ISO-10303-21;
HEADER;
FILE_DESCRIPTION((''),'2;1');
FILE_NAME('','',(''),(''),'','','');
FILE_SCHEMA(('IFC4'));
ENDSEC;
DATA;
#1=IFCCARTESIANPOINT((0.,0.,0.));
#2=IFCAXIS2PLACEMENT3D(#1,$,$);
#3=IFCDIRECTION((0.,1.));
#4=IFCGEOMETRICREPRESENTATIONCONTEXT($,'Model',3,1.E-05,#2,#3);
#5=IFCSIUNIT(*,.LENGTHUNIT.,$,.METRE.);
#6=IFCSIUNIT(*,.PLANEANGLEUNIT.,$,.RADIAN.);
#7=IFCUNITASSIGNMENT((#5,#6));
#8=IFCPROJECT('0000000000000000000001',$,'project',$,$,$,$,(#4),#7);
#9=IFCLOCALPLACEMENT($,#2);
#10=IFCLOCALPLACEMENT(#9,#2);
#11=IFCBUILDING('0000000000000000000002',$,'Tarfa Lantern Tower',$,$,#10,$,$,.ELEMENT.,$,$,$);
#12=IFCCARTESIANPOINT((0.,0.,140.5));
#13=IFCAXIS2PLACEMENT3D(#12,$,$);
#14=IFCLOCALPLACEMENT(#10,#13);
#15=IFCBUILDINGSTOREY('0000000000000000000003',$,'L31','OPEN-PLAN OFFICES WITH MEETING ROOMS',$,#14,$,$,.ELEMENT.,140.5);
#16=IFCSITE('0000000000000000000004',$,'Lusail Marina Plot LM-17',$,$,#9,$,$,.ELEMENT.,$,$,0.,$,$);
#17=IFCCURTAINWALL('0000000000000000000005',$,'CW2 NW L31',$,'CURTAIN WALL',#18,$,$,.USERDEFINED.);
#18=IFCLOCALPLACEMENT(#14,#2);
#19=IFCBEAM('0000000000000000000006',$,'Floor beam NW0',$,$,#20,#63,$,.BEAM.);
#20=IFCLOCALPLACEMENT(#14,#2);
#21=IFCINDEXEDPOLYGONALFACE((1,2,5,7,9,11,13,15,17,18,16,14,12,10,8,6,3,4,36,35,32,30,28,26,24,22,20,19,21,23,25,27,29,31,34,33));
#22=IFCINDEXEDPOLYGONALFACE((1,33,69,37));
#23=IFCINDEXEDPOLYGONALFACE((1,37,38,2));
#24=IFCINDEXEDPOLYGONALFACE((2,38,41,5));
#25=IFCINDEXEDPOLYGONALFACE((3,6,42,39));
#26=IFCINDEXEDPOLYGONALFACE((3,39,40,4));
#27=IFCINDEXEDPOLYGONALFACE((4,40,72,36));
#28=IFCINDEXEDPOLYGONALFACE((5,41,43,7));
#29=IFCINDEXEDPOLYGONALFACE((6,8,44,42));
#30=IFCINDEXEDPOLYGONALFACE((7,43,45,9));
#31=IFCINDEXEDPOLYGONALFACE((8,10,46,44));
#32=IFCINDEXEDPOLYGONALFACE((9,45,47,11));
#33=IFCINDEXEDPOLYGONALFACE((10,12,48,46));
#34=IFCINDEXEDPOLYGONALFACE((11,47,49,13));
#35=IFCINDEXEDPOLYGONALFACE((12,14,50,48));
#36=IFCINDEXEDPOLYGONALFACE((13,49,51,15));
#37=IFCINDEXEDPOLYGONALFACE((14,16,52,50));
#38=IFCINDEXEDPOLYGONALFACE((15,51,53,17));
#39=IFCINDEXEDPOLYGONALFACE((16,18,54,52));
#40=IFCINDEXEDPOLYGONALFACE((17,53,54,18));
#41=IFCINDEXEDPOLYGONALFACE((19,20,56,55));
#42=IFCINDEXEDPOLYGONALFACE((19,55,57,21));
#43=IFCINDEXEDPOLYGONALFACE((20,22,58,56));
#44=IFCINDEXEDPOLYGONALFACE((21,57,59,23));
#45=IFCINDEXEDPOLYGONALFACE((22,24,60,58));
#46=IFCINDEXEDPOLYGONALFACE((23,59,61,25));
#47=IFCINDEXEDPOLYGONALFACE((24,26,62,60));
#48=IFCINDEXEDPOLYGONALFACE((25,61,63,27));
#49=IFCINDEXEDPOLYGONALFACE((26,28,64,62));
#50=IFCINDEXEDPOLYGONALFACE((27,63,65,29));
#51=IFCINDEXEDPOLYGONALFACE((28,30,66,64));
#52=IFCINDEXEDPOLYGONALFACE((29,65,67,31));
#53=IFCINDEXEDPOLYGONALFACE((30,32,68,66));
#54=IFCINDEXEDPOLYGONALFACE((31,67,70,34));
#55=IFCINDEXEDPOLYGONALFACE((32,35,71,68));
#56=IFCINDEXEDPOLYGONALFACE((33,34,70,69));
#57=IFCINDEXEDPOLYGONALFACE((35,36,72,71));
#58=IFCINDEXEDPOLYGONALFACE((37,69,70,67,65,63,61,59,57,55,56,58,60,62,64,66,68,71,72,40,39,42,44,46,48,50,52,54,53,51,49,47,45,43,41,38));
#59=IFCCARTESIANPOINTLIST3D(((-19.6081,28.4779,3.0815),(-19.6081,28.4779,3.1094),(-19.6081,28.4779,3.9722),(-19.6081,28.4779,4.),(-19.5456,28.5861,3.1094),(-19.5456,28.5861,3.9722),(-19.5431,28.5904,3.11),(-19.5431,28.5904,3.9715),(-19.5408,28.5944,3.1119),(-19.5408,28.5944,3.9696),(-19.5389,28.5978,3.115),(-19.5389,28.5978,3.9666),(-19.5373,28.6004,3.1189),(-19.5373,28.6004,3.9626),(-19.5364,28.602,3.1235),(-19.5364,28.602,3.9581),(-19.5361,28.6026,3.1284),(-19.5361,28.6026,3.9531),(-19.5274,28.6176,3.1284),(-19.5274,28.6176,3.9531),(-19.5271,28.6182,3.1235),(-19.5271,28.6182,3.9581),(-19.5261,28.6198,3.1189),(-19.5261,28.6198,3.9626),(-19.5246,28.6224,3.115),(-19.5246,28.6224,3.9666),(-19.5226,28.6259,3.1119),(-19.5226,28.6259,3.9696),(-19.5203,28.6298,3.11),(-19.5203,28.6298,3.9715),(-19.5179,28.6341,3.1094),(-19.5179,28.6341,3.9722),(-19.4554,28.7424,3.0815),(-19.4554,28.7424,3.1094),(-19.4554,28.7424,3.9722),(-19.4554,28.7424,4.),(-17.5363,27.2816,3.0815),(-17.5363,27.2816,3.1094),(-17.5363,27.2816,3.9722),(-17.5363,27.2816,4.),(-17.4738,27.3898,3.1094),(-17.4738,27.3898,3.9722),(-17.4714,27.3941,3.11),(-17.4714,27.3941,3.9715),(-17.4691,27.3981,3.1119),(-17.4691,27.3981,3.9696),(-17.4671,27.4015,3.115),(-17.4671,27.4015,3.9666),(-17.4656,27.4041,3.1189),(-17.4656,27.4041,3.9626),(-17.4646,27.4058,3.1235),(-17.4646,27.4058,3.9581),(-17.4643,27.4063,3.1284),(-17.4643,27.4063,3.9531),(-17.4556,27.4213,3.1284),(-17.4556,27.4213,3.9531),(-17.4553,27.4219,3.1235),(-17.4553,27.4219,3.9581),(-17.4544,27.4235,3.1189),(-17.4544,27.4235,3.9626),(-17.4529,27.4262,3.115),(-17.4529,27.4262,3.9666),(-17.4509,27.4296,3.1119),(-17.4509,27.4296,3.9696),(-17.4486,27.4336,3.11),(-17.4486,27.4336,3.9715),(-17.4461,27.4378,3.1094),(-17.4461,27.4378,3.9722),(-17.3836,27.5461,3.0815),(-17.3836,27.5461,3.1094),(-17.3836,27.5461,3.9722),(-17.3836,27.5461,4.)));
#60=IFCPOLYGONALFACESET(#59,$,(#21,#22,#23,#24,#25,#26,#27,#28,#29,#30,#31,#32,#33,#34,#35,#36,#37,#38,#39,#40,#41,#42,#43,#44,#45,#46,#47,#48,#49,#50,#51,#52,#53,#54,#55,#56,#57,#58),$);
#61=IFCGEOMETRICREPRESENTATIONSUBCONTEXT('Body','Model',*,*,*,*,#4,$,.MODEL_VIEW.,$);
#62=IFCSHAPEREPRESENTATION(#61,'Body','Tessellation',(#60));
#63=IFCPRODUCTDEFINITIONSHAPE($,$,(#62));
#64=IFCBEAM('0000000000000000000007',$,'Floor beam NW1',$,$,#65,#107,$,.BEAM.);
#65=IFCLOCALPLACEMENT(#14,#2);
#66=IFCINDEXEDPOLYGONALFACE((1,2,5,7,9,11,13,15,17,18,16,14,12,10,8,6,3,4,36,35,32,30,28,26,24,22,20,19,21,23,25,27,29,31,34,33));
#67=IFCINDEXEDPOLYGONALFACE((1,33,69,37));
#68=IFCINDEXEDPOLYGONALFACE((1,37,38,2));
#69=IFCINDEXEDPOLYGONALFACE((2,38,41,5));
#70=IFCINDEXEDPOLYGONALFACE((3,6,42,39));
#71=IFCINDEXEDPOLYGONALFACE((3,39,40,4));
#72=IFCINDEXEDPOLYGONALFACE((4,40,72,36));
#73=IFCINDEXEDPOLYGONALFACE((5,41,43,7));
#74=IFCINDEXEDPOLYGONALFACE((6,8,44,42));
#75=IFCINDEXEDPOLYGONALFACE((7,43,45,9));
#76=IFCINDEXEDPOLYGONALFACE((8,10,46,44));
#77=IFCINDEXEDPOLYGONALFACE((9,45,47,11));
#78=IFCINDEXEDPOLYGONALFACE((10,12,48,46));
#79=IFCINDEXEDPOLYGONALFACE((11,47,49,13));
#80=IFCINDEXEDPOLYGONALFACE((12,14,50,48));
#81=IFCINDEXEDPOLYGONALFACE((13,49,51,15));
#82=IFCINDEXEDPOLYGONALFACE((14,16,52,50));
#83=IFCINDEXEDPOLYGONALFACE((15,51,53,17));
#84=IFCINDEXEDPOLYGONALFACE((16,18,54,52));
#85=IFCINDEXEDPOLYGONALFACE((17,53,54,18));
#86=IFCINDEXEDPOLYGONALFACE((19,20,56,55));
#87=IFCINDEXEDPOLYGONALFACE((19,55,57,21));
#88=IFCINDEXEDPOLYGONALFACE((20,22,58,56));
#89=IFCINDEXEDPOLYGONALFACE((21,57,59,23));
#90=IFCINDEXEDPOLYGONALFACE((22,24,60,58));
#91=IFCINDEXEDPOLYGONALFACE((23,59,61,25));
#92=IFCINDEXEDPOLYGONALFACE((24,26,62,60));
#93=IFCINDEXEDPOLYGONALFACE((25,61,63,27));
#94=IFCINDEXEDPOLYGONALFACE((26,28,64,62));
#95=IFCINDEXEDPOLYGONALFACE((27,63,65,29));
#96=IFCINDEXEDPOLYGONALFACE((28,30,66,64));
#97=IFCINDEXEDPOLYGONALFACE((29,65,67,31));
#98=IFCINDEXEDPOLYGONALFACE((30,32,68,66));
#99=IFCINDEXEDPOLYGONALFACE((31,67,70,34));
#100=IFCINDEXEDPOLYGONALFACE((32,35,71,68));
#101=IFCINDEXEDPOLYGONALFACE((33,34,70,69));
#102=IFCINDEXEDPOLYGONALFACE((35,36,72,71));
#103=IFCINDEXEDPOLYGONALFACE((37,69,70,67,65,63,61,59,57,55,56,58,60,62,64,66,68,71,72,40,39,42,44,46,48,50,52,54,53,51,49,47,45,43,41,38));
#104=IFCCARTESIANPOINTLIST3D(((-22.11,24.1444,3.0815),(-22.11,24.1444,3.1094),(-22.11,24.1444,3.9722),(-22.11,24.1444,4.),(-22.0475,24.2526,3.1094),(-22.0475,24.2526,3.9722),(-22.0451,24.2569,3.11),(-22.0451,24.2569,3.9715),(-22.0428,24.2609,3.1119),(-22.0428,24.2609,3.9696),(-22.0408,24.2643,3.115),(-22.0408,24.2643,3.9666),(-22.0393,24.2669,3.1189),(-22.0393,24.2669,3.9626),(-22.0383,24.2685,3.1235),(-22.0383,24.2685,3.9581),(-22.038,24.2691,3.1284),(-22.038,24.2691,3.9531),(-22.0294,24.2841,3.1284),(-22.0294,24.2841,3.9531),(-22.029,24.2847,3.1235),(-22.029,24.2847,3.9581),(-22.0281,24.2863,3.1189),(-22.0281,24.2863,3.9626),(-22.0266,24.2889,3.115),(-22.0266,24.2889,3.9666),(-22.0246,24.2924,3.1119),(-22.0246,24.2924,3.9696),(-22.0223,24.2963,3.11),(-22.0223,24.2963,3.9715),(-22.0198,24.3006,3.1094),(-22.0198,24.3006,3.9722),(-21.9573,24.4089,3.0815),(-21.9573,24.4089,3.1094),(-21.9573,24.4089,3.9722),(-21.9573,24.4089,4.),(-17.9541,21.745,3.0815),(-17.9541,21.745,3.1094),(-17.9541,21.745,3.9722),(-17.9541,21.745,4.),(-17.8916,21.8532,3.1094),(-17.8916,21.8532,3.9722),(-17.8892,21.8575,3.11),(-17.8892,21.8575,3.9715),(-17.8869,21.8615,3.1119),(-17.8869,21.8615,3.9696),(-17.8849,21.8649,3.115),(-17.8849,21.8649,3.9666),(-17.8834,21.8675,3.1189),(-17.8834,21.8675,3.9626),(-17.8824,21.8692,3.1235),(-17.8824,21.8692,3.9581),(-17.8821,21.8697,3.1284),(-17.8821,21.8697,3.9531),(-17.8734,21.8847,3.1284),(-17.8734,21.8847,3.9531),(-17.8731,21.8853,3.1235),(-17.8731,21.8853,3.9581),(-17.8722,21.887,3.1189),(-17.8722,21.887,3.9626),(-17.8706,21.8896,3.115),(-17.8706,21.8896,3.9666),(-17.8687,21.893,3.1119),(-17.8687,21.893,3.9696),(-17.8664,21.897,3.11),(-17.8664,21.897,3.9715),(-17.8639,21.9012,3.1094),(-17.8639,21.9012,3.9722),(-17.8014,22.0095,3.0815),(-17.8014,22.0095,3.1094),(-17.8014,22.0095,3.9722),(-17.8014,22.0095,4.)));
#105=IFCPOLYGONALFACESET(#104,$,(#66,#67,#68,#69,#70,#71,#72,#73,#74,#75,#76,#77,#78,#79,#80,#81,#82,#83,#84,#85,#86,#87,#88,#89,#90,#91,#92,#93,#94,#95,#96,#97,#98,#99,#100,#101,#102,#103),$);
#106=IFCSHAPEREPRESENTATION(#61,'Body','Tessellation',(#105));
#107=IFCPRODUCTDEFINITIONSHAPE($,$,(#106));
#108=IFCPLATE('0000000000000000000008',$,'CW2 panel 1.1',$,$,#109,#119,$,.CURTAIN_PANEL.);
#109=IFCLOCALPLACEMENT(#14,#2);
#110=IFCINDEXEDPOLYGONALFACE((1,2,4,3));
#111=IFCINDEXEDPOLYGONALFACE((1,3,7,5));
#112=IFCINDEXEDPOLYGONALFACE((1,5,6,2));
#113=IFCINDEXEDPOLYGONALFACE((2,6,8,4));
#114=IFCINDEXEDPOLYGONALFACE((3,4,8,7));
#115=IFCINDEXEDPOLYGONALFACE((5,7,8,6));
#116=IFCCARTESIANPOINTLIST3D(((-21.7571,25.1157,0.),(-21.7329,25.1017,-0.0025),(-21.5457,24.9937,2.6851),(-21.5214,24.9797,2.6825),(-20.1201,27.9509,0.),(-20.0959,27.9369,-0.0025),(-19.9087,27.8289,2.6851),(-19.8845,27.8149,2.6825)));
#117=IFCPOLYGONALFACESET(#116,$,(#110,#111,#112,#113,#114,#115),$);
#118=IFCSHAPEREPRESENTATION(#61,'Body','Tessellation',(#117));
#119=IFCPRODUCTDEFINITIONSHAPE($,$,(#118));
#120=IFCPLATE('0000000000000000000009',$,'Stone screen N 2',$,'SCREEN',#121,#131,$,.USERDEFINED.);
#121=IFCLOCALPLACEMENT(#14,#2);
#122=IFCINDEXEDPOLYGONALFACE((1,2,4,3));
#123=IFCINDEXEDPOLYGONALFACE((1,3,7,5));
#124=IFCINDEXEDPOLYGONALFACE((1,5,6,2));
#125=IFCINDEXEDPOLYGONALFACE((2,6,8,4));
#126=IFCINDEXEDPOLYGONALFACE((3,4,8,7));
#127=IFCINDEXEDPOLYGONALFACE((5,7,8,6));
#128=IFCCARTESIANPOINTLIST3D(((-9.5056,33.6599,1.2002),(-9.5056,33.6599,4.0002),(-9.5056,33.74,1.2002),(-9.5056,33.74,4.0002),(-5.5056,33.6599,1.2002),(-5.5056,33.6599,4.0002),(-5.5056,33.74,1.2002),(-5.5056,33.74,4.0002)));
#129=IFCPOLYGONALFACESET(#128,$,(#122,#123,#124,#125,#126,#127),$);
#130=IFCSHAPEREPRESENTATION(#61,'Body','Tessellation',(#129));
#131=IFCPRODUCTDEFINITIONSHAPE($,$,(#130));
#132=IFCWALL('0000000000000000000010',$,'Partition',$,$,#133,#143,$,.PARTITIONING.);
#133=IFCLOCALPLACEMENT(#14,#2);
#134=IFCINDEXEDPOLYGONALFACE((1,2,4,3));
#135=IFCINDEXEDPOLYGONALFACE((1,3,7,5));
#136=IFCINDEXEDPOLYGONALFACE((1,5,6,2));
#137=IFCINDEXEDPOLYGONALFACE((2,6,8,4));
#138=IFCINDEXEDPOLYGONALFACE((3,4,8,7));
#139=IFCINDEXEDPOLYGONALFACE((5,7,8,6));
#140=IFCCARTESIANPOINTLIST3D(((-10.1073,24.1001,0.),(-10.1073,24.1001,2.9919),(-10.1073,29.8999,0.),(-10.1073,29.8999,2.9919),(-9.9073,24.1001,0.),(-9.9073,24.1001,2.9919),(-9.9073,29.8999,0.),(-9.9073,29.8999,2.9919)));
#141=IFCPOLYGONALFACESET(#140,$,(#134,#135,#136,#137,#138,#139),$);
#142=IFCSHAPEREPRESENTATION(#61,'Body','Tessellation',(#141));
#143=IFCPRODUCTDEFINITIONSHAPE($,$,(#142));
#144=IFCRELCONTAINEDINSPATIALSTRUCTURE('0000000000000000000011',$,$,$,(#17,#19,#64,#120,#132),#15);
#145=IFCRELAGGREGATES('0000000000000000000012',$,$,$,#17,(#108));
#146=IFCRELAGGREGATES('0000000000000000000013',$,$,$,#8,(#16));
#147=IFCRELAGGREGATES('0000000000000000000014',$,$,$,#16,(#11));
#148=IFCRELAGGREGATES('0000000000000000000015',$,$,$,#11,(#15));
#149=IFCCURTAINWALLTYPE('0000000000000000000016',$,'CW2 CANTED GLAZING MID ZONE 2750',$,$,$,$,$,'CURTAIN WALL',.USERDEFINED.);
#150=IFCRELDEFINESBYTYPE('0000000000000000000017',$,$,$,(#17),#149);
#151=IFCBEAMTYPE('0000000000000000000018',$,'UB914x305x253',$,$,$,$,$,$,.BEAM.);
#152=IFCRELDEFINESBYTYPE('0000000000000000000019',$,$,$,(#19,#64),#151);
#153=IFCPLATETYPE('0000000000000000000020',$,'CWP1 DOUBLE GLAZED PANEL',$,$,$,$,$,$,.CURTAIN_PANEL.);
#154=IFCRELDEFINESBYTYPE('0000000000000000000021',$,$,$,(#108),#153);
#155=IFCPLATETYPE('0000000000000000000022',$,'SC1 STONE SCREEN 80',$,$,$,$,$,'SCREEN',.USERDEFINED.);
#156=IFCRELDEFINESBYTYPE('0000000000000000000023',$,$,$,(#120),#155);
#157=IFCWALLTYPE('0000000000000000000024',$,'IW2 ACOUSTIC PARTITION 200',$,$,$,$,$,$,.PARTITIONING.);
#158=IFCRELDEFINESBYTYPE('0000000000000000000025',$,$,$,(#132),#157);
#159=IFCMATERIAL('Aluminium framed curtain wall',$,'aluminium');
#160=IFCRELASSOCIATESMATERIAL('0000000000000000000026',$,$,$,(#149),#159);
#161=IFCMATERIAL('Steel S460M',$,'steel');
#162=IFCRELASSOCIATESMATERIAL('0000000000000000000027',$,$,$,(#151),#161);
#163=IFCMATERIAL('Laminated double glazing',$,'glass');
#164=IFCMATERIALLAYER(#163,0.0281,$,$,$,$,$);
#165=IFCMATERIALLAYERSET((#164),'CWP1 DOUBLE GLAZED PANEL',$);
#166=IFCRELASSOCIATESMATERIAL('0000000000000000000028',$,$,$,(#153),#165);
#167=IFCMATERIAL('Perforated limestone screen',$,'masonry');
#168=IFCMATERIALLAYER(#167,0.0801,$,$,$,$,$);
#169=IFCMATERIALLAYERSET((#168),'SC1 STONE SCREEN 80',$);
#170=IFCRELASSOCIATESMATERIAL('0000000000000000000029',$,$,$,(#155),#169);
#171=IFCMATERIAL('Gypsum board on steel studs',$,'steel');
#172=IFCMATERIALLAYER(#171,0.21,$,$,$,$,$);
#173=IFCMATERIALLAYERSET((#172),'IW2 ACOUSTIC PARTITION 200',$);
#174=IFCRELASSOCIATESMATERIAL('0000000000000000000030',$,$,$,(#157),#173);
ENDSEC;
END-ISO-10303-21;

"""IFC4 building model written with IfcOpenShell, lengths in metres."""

from ifc_helpers import new_model, si_unit, direction, frame, frame_2d, origin, origin_2d, place, context, subcontext, project, spatial, polyline, rectangle, i_section, outline, extrude, material, layer, layer_set, material_profile, profile_set, type_object, element, aggregate, save


model = new_model("IFC4")

# Units and contexts
model_context = context("Model", 3, precision=1e-05, world=origin(), true_north=direction((0.0, 1.0)))
body_context = subcontext(model_context, "Body", "Model", "MODEL_VIEW")
ifc_project = project(units=[si_unit("LENGTHUNIT", "METRE"), si_unit("PLANEANGLEUNIT", "RADIAN")], contexts=[model_context])

# Site, building, storey
site_placement = place(None, origin())
site = spatial("IfcSite", under=ifc_project, at=site_placement, Name="Lusail Marina Plot LM-17", CompositionType="ELEMENT", RefElevation=0.0)
building_placement = place(site_placement, origin())
building = spatial("IfcBuilding", under=site, at=building_placement, Name="Tarfa Lantern Tower", CompositionType="ELEMENT")
storey_placement = place(building_placement, frame((0.0, 0.0, 140.5)))
storey = spatial("IfcBuildingStorey", under=building, at=storey_placement, Name="L31", Description="OPEN-PLAN OFFICES WITH MEETING ROOMS", CompositionType="ELEMENT", Elevation=140.5)

# Curtain wall
ifc_material_1 = material(Name="Aluminium framed curtain wall", Category="aluminium")
curtain_wall_type = type_object("IfcCurtainWallType", Name="CW2 CANTED GLAZING MID ZONE 2750", ElementType="CURTAIN WALL", PredefinedType="USERDEFINED", material=ifc_material_1)
curtain_wall_placement = place(storey_placement, origin())
curtain_wall = element("IfcCurtainWall", 1, at=curtain_wall_placement, inside=storey, type_object=curtain_wall_type, Name="CW2 NW L31", ObjectType="CURTAIN WALL", PredefinedType="USERDEFINED")

# Beams
ifc_material_2 = material(Name="Steel S460M", Category="steel")
ifc_material_profile_1 = material_profile(ifc_material_2, i_section(OverallWidth=0.3054, OverallDepth=0.9185, WebThickness=0.0173, FlangeThickness=0.0278, FilletRadius=0.019, at=origin_2d()), Name="UB914x305x253")
ifc_profile_set_1 = profile_set([ifc_material_profile_1], Name="Steel S460M")
beam_type_1 = type_object("IfcBeamType", Name="UB914x305x253", PredefinedType="BEAM", material=ifc_profile_set_1)
beam_1_placement = place(storey_placement, frame((-19.5317, 28.6101, 3.5408), z_axis=(0.865999, -0.500046, 0.0), x_axis=(0.500046, 0.865999, 0.0)))
element("IfcBeam", 2, at=beam_1_placement, inside=storey, type_object=beam_type_1, Name="Floor beam NW0", PredefinedType="BEAM", context=body_context, shape_type="SweptSolid", body=[
    extrude(i_section(OverallWidth=0.3054, OverallDepth=0.9185, WebThickness=0.0173, FlangeThickness=0.0278, FilletRadius=0.019, at=origin_2d()), origin(), (0.0, 0.0, 1.0), 2.3923),
])
beam_2_placement = place(storey_placement, frame((-22.0337, 24.2766, 3.5408), z_axis=(0.866031, -0.499991, 0.0), x_axis=(0.499991, 0.866031, 0.0)))
element("IfcBeam", 3, at=beam_2_placement, inside=storey, type_object=beam_type_1, Name="Floor beam NW1", PredefinedType="BEAM", context=body_context, shape_type="SweptSolid", body=[
    extrude(i_section(OverallWidth=0.3054, OverallDepth=0.9185, WebThickness=0.0173, FlangeThickness=0.0278, FilletRadius=0.019, at=origin_2d()), origin(), (0.0, 0.0, 1.0), 4.7988),
])

# Plates
ifc_material_3 = material(Name="Laminated double glazing", Category="glass")
ifc_layer_1 = layer(ifc_material_3, 0.0281)
ifc_layer_set_1 = layer_set([ifc_layer_1], Name="CWP1 DOUBLE GLAZED PANEL")
plate_type_1 = type_object("IfcPlateType", Name="CWP1 DOUBLE GLAZED PANEL", PredefinedType="CURTAIN_PANEL", material=ifc_layer_set_1)
plate_1_placement = place(storey_placement, frame((-20.1201, 27.9509, 0.0), z_axis=(-0.86246, 0.497959, 0.09055), x_axis=(-0.500013, -0.866018, 0.0)))
plate_1 = element("IfcPlate", 4, at=plate_1_placement, type_object=plate_type_1, Name="CW2 panel 1.1", PredefinedType="CURTAIN_PANEL", context=body_context, shape_type="SweptSolid", body=[
    extrude(outline(polyline([(0.0, 0.0), (3.2738, 0.0), (3.2738, 2.6961), (0.0, 2.6961), (0.0, 0.0)])), origin(), (0.0, 0.0, -1.0), 0.0281),
])
aggregate(curtain_wall, [plate_1])
ifc_material_4 = material(Name="Perforated limestone screen", Category="masonry")
ifc_layer_2 = layer(ifc_material_4, 0.0801)
ifc_layer_set_2 = layer_set([ifc_layer_2], Name="SC1 STONE SCREEN 80")
plate_type_2 = type_object("IfcPlateType", Name="SC1 STONE SCREEN 80", ElementType="SCREEN", PredefinedType="USERDEFINED", material=ifc_layer_set_2)
plate_2_placement = place(storey_placement, frame((-7.5056, 33.7, 1.2002), z_axis=(0.0, 0.0, 1.0), x_axis=(-1.0, 0.0, 0.0)))
element("IfcPlate", 5, at=plate_2_placement, inside=storey, type_object=plate_type_2, Name="Stone screen N 2", ObjectType="SCREEN", PredefinedType="USERDEFINED", context=body_context, shape_type="SweptSolid", body=[
    extrude(rectangle(XDim=4.0, YDim=0.0801, at=origin_2d()), origin(), (0.0, 0.0, 1.0), 2.8),
])

# Wall
ifc_material_5 = material(Name="Gypsum board on steel studs", Category="steel")
ifc_layer_3 = layer(ifc_material_5, 0.21)
ifc_layer_set_3 = layer_set([ifc_layer_3], Name="IW2 ACOUSTIC PARTITION 200")
wall_type = type_object("IfcWallType", Name="IW2 ACOUSTIC PARTITION 200", PredefinedType="PARTITIONING", material=ifc_layer_set_3)
wall_placement = place(storey_placement, frame((-10.0073, 24.1001, 0.0), z_axis=(0.0, 0.0, 1.0), x_axis=(0.0, 1.0, 0.0)))
element("IfcWall", 6, at=wall_placement, inside=storey, type_object=wall_type, Name="Partition", PredefinedType="PARTITIONING", context=body_context, shape_type="SweptSolid", body=[
    extrude(rectangle(XDim=5.7998, YDim=0.2, at=frame_2d((2.8999, 0.0))), origin(), (0.0, 0.0, 1.0), 2.9919),
])

save(model, "model.ifc")
